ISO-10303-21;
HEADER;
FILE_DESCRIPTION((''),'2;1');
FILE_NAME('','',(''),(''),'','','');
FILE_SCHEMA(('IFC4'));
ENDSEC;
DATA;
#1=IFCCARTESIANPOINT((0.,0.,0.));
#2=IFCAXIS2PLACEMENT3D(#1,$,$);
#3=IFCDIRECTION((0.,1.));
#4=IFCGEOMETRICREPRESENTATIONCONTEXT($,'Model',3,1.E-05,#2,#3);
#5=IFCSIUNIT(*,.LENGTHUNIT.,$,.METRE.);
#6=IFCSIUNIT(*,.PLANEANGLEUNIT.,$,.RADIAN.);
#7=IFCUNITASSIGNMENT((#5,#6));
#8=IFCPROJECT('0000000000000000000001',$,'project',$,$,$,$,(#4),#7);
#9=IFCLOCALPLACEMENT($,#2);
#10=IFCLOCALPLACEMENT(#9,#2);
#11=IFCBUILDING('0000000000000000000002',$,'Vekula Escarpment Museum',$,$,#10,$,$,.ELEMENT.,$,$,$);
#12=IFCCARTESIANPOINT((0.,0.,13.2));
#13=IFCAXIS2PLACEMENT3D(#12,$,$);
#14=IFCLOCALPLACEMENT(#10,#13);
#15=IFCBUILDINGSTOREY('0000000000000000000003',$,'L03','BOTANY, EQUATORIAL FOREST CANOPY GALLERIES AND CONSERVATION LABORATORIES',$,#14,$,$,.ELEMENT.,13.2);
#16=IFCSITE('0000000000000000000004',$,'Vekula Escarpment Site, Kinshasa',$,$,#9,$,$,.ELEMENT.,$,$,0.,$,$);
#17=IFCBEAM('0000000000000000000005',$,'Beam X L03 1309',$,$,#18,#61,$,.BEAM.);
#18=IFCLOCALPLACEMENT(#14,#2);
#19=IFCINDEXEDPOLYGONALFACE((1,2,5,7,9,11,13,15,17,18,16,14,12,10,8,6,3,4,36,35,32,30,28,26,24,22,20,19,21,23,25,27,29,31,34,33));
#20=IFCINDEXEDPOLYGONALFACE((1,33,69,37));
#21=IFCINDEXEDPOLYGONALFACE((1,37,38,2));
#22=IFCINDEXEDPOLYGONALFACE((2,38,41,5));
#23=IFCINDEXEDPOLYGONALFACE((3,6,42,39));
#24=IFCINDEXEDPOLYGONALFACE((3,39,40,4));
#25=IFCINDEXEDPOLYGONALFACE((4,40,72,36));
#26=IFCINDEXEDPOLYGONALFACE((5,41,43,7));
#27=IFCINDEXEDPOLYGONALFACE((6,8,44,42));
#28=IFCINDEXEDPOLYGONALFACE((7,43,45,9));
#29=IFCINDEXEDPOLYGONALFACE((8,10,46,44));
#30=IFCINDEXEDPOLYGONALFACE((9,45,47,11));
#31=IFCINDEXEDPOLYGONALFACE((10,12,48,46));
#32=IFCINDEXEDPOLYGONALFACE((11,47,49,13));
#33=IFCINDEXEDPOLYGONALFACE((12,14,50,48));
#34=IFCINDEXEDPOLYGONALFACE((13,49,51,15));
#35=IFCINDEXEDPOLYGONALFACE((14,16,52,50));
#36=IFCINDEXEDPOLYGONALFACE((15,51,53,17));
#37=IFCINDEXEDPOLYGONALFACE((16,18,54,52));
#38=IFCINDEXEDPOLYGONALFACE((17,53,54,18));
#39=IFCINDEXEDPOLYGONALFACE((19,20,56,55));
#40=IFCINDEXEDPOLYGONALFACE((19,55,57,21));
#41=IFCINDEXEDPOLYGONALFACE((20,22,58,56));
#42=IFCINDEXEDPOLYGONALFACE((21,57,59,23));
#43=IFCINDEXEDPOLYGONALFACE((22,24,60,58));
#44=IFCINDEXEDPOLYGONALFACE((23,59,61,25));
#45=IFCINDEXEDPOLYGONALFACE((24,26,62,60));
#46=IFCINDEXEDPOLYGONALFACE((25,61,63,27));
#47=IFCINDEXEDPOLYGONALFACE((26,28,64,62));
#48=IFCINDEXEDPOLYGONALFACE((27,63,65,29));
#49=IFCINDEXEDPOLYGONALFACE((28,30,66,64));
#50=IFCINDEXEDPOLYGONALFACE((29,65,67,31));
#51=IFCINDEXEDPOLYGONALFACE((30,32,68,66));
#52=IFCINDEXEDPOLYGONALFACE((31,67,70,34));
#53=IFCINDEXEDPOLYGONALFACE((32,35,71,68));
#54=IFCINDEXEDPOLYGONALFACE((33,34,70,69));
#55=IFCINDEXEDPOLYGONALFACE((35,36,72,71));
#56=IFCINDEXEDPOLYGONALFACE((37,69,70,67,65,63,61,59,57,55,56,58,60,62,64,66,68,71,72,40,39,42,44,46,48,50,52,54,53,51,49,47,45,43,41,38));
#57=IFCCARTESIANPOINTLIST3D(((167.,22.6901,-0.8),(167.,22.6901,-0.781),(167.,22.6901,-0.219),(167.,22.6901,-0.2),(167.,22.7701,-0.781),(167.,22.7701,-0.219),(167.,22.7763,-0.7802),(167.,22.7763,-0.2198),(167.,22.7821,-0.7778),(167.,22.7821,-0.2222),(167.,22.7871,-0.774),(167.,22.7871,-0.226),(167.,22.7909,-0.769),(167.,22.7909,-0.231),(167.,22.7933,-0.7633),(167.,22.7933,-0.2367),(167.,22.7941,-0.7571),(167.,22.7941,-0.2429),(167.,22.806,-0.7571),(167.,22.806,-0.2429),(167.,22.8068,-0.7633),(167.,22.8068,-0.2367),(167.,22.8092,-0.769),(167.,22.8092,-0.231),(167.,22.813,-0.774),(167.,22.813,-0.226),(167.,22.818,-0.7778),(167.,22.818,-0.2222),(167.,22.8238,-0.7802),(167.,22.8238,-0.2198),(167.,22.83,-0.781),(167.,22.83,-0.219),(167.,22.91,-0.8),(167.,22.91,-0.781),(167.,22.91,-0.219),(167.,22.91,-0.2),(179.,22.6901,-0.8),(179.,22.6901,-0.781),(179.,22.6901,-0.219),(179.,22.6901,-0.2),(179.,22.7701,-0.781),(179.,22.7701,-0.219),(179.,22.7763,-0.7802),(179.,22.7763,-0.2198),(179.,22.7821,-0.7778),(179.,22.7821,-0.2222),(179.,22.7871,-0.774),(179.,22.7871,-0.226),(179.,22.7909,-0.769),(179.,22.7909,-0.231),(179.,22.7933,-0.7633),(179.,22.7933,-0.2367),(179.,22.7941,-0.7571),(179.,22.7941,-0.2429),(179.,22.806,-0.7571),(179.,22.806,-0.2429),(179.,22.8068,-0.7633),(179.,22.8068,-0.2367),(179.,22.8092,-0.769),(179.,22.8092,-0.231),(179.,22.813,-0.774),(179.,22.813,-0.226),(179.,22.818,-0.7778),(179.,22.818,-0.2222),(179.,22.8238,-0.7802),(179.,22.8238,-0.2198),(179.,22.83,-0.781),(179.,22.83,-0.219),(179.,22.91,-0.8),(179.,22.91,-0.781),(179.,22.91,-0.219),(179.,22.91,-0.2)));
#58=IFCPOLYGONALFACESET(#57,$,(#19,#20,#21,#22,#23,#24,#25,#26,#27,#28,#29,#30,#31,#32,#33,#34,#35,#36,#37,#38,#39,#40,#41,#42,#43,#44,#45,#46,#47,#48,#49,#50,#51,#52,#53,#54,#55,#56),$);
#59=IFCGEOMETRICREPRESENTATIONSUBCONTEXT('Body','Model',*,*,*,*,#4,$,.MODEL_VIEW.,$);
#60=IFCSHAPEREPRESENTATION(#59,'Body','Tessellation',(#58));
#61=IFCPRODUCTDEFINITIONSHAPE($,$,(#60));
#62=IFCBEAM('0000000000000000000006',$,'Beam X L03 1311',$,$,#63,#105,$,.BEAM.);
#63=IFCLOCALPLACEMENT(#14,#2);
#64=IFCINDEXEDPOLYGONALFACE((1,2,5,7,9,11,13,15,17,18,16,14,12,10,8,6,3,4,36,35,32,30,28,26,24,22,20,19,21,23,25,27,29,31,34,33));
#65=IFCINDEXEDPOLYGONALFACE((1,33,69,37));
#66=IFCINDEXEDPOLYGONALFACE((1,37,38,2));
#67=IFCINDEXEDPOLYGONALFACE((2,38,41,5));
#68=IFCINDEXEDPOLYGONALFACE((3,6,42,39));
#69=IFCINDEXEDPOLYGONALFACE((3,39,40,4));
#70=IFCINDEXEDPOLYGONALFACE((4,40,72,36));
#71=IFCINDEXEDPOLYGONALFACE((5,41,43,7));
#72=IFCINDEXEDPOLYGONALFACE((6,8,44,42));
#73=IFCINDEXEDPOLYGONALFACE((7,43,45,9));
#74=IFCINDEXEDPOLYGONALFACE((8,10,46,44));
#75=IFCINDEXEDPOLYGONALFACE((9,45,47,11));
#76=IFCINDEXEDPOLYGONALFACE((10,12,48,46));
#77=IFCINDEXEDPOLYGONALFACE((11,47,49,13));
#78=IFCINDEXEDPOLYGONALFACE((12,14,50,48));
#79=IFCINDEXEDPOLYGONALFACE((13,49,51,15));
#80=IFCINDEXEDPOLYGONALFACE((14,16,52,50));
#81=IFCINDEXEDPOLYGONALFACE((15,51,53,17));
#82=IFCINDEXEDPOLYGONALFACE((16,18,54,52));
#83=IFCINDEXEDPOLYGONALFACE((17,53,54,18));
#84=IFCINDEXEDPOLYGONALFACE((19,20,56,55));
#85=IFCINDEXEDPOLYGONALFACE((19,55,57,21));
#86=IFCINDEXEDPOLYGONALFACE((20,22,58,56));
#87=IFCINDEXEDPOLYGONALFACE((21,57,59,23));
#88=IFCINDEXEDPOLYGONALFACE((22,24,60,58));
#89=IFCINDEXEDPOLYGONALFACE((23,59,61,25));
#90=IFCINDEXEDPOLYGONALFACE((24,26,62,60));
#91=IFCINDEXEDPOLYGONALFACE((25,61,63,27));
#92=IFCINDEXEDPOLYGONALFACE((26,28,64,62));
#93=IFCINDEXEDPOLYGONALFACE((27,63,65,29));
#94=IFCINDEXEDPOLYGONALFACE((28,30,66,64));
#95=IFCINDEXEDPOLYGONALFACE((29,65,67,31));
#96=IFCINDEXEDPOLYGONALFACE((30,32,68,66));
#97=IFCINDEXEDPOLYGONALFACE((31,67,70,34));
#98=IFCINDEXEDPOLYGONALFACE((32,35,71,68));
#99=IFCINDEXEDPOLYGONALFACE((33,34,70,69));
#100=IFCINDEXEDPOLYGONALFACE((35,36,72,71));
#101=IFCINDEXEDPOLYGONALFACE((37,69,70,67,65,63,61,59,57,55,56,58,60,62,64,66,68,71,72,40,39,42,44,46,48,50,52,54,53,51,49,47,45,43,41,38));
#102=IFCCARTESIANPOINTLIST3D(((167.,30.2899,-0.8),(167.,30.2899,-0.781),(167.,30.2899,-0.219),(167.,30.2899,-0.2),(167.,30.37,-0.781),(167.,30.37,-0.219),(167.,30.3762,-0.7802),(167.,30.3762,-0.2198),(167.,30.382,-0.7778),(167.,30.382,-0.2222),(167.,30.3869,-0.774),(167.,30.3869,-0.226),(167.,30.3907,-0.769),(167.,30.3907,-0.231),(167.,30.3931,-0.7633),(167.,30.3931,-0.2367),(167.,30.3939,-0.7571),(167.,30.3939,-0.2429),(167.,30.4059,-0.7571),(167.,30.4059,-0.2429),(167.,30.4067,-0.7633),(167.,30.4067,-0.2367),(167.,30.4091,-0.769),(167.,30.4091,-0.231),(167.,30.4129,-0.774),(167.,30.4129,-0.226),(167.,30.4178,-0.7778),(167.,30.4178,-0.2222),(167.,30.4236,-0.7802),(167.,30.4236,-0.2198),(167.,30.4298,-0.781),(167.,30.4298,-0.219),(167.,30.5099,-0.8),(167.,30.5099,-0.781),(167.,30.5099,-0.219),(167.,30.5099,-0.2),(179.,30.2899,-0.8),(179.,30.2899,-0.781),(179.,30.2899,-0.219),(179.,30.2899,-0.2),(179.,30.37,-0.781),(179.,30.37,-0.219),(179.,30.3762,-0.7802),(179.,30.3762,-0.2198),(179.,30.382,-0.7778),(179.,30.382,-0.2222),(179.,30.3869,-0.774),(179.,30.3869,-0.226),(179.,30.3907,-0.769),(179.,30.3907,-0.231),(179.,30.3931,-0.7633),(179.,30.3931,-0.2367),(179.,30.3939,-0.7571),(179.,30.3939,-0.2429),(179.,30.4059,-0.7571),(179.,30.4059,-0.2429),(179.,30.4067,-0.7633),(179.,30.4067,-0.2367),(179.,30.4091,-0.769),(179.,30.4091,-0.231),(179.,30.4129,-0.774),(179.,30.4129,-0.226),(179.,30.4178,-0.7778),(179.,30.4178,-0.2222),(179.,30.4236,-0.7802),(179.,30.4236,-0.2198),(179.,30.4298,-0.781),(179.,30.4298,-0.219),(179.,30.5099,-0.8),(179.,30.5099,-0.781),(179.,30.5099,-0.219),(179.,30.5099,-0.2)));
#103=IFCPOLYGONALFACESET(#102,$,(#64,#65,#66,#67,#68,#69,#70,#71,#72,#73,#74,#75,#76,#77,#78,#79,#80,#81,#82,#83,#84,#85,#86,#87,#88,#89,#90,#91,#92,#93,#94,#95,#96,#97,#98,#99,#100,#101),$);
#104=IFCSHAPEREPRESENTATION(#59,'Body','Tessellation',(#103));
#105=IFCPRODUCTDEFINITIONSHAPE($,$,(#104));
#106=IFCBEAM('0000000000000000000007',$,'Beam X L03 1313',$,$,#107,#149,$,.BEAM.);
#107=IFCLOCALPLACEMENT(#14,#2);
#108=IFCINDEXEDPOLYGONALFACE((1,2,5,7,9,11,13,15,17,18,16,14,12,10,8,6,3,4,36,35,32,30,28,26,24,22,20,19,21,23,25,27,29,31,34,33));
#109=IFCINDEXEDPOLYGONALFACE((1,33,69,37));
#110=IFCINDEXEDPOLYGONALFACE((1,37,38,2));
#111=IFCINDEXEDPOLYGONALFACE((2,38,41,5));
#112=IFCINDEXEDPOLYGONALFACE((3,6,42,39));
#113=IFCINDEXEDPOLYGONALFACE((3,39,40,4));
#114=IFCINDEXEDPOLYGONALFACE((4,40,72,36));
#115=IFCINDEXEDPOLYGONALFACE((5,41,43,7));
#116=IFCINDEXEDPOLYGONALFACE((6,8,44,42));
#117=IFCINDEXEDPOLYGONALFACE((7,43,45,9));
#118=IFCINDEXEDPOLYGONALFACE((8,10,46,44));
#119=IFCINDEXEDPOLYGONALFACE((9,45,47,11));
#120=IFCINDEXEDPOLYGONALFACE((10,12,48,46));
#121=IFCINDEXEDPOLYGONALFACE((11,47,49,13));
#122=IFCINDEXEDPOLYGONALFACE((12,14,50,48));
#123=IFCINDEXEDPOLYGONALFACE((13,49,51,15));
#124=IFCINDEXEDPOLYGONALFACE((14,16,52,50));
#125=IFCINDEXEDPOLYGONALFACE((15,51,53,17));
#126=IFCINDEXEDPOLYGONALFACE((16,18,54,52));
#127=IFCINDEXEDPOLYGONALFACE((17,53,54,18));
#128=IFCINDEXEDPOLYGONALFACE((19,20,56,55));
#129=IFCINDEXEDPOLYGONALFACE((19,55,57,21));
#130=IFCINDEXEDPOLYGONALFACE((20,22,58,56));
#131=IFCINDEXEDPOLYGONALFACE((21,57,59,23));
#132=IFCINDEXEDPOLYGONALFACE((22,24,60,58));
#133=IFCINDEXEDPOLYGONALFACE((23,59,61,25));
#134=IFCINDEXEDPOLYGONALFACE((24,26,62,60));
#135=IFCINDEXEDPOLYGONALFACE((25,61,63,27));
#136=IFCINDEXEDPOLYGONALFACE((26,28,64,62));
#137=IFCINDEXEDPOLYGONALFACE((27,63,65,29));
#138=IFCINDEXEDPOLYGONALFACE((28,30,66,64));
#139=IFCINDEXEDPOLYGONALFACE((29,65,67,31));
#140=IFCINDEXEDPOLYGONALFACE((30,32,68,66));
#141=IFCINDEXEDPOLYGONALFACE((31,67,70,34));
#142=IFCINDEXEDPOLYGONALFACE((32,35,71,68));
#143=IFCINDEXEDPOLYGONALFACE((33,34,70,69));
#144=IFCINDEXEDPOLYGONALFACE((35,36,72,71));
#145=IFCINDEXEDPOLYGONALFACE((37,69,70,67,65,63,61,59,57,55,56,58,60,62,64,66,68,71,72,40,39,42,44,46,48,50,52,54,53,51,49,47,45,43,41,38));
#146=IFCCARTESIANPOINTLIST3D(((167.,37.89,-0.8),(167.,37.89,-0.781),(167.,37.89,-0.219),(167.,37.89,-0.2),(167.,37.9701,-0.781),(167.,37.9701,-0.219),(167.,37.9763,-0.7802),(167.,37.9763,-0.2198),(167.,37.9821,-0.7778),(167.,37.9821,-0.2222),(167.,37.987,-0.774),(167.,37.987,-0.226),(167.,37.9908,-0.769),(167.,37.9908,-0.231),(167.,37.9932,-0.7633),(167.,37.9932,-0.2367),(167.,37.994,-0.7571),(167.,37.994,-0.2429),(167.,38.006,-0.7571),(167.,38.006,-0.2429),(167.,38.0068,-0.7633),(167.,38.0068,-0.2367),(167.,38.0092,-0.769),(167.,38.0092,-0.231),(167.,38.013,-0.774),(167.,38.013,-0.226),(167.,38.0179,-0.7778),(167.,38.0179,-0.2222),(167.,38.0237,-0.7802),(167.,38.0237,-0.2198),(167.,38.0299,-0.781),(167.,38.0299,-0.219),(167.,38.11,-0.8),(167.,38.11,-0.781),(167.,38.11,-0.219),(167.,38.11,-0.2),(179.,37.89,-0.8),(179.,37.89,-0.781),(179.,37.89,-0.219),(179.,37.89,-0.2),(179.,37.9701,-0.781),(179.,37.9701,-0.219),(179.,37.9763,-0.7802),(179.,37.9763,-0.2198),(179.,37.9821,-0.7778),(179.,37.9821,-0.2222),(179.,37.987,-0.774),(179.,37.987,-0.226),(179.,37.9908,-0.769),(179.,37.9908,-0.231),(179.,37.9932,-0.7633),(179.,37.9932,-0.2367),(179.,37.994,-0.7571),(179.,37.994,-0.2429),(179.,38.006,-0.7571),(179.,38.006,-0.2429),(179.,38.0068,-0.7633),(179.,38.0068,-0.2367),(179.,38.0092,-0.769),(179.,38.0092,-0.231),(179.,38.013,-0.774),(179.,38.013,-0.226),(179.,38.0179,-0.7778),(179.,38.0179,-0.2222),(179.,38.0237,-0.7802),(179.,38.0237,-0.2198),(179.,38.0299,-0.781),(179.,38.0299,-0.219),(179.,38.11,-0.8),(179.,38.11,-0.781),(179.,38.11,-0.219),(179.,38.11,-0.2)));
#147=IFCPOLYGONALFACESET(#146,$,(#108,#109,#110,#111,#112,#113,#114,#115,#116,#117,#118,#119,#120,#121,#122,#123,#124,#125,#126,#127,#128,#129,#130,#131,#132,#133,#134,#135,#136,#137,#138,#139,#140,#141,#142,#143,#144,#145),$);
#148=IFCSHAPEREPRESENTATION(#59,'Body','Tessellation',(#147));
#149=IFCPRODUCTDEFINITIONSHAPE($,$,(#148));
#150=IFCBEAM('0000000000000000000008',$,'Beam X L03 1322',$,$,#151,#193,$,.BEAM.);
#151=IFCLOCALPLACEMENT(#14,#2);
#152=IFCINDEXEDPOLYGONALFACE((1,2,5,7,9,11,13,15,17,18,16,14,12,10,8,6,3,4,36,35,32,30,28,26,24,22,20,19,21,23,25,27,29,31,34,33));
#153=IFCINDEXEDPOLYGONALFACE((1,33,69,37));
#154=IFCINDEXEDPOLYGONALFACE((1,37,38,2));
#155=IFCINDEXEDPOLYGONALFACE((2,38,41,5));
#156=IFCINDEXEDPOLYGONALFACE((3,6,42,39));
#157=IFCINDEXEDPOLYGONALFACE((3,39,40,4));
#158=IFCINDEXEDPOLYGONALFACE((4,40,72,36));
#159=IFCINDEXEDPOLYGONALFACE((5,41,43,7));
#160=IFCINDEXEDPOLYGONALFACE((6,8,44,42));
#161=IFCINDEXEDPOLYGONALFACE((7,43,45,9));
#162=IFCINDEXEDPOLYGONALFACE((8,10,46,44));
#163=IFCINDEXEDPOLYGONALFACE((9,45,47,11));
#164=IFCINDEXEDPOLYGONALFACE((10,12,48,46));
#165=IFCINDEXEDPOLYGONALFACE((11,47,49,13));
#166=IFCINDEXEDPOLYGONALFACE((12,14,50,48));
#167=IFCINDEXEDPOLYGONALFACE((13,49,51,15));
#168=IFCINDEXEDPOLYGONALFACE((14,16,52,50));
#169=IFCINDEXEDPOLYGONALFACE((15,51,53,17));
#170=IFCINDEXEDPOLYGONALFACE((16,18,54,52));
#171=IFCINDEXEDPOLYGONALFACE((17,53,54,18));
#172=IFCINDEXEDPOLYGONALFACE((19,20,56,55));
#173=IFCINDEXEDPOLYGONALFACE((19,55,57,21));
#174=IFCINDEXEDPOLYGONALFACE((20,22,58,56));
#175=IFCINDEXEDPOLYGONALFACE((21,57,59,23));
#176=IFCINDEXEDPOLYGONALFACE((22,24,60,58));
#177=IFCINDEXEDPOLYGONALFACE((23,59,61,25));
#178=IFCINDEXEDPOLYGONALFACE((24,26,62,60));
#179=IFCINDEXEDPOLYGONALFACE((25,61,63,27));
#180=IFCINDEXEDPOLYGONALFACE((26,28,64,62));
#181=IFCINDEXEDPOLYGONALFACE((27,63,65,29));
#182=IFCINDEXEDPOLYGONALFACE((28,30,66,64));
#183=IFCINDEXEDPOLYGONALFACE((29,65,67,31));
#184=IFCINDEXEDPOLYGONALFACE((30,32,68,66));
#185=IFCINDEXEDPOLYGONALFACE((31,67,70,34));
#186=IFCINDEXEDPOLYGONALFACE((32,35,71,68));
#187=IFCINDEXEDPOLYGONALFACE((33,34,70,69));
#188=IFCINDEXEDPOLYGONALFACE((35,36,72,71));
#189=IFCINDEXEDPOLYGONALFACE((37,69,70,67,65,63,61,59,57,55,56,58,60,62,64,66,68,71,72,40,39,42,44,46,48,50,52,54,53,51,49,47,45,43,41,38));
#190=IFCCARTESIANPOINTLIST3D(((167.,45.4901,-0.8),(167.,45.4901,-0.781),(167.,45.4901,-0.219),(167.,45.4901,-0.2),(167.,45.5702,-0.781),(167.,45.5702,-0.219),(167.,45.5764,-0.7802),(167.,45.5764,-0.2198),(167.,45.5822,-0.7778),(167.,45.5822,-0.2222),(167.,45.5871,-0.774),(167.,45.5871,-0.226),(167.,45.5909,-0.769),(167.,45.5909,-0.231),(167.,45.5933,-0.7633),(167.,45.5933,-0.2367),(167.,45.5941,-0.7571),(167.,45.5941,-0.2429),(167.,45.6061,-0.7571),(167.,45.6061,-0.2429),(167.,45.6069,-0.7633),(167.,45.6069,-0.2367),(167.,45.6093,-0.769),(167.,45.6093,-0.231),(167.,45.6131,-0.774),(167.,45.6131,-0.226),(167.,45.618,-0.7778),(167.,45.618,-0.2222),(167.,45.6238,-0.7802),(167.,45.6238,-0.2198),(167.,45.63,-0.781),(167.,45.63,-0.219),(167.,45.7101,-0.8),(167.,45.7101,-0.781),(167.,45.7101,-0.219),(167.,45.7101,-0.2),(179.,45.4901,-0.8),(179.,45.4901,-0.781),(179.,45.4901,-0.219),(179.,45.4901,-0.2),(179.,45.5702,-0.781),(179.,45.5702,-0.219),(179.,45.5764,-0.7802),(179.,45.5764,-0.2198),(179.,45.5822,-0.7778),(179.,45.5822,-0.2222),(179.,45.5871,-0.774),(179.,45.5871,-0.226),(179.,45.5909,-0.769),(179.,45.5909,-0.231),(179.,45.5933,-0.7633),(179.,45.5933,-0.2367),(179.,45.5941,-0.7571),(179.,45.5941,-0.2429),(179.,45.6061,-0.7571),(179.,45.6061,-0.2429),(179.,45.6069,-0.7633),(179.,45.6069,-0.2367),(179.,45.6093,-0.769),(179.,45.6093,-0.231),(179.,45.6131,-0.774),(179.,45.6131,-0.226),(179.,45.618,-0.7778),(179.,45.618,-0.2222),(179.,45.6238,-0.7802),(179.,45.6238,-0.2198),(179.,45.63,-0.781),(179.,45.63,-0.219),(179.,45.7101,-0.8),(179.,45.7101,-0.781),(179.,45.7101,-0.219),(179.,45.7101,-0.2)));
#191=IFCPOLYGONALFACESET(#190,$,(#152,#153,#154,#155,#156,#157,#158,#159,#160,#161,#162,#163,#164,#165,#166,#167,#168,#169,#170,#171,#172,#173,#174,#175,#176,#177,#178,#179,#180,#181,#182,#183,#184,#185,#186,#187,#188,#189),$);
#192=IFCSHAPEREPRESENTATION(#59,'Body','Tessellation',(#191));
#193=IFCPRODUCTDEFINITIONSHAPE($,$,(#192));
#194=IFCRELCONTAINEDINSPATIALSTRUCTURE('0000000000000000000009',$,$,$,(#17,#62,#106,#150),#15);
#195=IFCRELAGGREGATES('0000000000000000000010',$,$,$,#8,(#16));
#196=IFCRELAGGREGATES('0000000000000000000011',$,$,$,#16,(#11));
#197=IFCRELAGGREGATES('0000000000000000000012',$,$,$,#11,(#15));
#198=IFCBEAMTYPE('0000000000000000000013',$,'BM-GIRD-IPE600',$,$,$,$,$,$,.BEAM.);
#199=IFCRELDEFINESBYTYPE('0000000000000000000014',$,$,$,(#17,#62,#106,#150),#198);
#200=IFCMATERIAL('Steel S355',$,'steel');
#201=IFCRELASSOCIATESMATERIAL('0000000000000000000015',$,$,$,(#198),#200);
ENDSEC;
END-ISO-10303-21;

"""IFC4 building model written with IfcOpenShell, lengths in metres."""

from ifc_helpers import new_model, si_unit, direction, frame, origin, origin_2d, place, context, subcontext, project, spatial, i_section, extrude, material, material_profile, profile_set, type_object, element, save


model = new_model("IFC4")

# Units and contexts
model_context = context("Model", 3, precision=1e-05, world=origin(), true_north=direction((0.0, 1.0)))
body_context = subcontext(model_context, "Body", "Model", "MODEL_VIEW")
ifc_project = project(units=[si_unit("LENGTHUNIT", "METRE"), si_unit("PLANEANGLEUNIT", "RADIAN")], contexts=[model_context])

# Site, building, storey
site_placement = place(None, origin())
site = spatial("IfcSite", under=ifc_project, at=site_placement, Name="Vekula Escarpment Site, Kinshasa", CompositionType="ELEMENT", RefElevation=0.0)
building_placement = place(site_placement, origin())
building = spatial("IfcBuilding", under=site, at=building_placement, Name="Vekula Escarpment Museum", CompositionType="ELEMENT")
storey_placement = place(building_placement, frame((0.0, 0.0, 13.2)))
storey = spatial("IfcBuildingStorey", under=building, at=storey_placement, Name="L03", Description="BOTANY, EQUATORIAL FOREST CANOPY GALLERIES AND CONSERVATION LABORATORIES", CompositionType="ELEMENT", Elevation=13.2)

# Beams
ifc_material_1 = material(Name="Steel S355", Category="steel")
ifc_material_profile_1 = material_profile(ifc_material_1, i_section(OverallWidth=0.22, OverallDepth=0.6001, WebThickness=0.012, FlangeThickness=0.019, FilletRadius=0.0239, at=origin_2d()), Name="IPE 600")
ifc_profile_set_1 = profile_set([ifc_material_profile_1], Name="Steel S355")
beam_type_1 = type_object("IfcBeamType", Name="BM-GIRD-IPE600", PredefinedType="BEAM", material=ifc_profile_set_1)
for number, where, z_axis, x_axis, name in (
    (1, (167.0, 22.8, -0.5), (1.0, 0.0, 0.0), (0.0, 1.0, 0.0), "Beam X L03 1309"),
    (2, (167.0, 30.3999, -0.5), (1.0, 0.0, 0.0), (0.0, 1.0, 0.0), "Beam X L03 1311"),
    (3, (167.0, 38.0, -0.5), (1.0, 0.0, 0.0), (0.0, 1.0, 0.0), "Beam X L03 1313"),
    (4, (167.0, 45.6001, -0.5), (1.0, 0.0, 0.0), (0.0, 1.0, 0.0), "Beam X L03 1322"),
):
    element("IfcBeam", number, at=place(storey_placement, frame(where, z_axis=z_axis, x_axis=x_axis)), inside=storey, type_object=beam_type_1, Name=name, PredefinedType="BEAM", context=body_context, shape_type="SweptSolid", body=[
        extrude(i_section(OverallWidth=0.22, OverallDepth=0.6001, WebThickness=0.012, FlangeThickness=0.019, FilletRadius=0.0239, at=origin_2d()), origin(), (0.0, 0.0, 1.0), 12.0),
    ])

save(model, "model.ifc")
